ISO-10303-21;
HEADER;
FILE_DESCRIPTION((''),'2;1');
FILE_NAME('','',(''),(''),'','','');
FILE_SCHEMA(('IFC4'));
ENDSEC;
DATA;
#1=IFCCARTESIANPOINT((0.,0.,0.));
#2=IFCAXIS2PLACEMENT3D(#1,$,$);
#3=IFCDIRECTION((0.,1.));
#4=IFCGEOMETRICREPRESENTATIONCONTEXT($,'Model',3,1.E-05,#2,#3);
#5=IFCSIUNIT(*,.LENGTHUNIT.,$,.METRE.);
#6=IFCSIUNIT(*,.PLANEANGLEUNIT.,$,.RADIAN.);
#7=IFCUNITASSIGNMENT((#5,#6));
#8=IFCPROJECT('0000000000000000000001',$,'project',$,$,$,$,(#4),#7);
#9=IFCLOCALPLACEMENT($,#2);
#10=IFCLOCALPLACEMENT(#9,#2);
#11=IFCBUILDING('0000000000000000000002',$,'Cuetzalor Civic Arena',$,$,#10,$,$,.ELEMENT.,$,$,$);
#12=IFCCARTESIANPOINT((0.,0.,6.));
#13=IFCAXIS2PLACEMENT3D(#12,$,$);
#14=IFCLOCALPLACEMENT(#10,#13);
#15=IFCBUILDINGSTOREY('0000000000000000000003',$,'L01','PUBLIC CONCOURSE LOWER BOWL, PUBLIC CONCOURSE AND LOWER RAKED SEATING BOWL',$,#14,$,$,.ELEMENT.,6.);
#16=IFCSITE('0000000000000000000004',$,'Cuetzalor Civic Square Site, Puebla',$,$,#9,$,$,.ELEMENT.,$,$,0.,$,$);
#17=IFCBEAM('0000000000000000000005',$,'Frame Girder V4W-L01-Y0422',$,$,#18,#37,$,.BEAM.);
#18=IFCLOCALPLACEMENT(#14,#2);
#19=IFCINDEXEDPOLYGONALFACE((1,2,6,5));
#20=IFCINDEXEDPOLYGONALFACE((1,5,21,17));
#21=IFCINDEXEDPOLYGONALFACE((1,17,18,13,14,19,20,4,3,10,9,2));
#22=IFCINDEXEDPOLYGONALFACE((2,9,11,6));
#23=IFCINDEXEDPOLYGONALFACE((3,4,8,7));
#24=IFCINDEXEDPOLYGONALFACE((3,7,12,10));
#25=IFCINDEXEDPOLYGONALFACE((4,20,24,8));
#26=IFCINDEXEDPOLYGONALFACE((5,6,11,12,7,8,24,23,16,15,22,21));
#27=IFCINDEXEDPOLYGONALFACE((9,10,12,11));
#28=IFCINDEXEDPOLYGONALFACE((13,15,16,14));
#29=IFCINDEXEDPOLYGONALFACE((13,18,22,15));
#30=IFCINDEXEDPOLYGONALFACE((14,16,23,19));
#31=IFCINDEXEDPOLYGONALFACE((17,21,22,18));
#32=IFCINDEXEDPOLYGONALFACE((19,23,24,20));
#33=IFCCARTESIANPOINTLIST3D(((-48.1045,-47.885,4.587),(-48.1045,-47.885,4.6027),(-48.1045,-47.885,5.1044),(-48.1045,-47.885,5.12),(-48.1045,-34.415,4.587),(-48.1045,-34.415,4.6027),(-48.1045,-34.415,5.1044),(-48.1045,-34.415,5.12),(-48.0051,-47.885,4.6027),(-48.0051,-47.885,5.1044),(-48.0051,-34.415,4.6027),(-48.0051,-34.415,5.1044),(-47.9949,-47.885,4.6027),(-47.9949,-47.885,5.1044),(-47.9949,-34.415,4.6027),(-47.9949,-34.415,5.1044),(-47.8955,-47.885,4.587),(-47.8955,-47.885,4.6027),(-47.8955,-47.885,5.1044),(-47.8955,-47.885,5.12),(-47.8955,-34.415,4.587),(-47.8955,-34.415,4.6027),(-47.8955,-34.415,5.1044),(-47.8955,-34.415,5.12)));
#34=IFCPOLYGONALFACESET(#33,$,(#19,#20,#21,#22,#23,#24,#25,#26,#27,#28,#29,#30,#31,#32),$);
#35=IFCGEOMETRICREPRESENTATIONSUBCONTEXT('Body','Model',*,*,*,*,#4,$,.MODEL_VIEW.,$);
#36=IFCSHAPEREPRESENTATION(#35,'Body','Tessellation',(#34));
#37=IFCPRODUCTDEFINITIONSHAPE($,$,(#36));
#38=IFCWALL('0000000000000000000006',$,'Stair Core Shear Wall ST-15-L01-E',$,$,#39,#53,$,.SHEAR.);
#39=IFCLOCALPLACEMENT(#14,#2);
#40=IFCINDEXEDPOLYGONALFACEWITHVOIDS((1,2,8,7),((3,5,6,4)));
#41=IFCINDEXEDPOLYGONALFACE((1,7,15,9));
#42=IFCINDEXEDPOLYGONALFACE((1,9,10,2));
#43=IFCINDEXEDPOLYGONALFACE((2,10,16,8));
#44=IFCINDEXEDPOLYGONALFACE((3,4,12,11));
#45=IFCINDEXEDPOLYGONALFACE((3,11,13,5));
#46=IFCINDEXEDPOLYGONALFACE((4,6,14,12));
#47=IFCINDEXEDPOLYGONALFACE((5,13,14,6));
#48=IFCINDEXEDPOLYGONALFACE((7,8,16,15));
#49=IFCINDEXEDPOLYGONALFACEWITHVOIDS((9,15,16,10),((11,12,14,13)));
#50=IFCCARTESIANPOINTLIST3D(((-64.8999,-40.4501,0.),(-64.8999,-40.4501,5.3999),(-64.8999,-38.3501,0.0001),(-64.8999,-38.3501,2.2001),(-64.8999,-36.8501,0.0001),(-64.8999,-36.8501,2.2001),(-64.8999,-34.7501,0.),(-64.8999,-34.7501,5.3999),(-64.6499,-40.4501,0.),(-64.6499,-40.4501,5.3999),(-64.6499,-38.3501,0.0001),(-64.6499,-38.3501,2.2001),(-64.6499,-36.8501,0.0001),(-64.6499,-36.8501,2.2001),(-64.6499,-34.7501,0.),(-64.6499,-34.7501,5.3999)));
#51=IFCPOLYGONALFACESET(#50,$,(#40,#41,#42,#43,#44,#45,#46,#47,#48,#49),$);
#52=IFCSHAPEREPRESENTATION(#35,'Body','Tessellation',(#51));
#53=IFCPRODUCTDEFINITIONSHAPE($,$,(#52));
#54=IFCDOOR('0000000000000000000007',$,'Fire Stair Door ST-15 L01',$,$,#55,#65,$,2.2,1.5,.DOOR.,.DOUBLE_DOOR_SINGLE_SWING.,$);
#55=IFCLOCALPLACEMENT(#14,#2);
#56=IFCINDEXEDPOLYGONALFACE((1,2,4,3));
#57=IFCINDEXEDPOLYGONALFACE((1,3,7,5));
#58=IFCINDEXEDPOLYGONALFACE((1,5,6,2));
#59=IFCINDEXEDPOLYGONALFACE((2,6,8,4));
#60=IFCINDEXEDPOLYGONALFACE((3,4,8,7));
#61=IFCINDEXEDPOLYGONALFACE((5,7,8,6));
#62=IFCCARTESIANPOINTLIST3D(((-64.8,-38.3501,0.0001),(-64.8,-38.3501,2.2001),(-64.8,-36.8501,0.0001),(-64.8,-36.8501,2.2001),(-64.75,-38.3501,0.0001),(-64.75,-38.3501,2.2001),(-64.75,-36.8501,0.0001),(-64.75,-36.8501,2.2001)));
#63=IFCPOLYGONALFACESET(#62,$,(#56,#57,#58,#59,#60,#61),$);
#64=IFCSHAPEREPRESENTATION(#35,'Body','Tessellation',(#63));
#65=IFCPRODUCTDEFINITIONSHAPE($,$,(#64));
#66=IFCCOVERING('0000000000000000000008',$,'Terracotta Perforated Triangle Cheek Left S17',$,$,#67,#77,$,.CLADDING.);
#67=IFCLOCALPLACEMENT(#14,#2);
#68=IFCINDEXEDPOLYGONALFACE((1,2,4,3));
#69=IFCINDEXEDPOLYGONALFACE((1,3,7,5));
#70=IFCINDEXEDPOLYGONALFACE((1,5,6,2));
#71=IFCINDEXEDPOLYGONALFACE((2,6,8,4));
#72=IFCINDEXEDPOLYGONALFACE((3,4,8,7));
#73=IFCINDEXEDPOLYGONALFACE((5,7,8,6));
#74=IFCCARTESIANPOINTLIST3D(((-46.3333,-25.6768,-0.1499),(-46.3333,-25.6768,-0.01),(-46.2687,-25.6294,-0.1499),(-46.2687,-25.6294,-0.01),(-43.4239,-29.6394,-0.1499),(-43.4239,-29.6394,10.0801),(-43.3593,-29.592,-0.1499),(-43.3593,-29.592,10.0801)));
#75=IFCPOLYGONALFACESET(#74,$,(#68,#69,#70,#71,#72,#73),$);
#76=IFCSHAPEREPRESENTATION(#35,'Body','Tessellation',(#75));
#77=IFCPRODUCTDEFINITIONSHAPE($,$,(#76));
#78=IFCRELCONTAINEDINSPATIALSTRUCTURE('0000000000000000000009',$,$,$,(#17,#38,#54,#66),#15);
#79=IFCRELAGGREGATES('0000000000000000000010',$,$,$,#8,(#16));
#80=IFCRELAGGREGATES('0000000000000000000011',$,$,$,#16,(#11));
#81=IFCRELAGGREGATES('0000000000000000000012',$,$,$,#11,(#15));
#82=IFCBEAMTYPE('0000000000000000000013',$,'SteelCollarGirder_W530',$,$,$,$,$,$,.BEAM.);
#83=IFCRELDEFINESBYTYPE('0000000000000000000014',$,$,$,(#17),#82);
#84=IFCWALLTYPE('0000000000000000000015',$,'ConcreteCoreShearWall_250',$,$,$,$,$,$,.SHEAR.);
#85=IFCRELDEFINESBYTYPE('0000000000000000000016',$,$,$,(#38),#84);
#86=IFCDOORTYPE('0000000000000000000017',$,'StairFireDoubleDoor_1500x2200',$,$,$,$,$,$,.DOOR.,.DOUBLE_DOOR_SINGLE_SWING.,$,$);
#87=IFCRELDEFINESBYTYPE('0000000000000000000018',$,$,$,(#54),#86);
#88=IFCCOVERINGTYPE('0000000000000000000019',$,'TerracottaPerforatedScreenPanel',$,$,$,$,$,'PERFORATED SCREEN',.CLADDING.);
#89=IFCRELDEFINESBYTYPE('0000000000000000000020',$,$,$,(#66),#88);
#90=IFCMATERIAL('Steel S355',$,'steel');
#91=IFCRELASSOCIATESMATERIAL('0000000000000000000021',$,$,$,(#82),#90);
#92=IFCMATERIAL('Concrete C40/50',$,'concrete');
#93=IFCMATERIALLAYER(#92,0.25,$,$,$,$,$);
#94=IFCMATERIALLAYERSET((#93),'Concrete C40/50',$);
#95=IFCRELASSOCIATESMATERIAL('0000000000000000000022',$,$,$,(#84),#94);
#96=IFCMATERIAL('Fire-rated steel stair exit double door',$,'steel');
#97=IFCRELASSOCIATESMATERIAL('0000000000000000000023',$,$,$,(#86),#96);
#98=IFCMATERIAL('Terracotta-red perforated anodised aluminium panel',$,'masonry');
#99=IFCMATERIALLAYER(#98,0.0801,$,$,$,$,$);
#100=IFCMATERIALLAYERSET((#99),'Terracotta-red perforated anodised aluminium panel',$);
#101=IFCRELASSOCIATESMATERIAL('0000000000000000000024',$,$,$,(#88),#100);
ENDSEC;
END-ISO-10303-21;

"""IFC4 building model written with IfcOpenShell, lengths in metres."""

from ifc_helpers import new_model, si_unit, direction, frame, frame_2d, origin, origin_2d, place, context, subcontext, project, spatial, polyline, rectangle, i_section, outline, extrude, material, layer, layer_set, material_profile, profile_set, type_object, element, fill, save


model = new_model("IFC4")

# Units and contexts
model_context = context("Model", 3, precision=1e-05, world=origin(), true_north=direction((0.0, 1.0)))
body_context = subcontext(model_context, "Body", "Model", "MODEL_VIEW")
ifc_project = project(units=[si_unit("LENGTHUNIT", "METRE"), si_unit("PLANEANGLEUNIT", "RADIAN")], contexts=[model_context])

# Site, building, storey
site_placement = place(None, origin())
site = spatial("IfcSite", under=ifc_project, at=site_placement, Name="Cuetzalor Civic Square Site, Puebla", CompositionType="ELEMENT", RefElevation=0.0)
building_placement = place(site_placement, origin())
building = spatial("IfcBuilding", under=site, at=building_placement, Name="Cuetzalor Civic Arena", CompositionType="ELEMENT")
storey_placement = place(building_placement, frame((0.0, 0.0, 6.0)))
storey = spatial("IfcBuildingStorey", under=building, at=storey_placement, Name="L01", Description="PUBLIC CONCOURSE LOWER BOWL, PUBLIC CONCOURSE AND LOWER RAKED SEATING BOWL", CompositionType="ELEMENT", Elevation=6.0)

# Beam
ifc_material_1 = material(Name="Steel S355", Category="steel")
ifc_material_profile_1 = material_profile(ifc_material_1, i_section(OverallWidth=0.209, OverallDepth=0.533, WebThickness=0.0103, FlangeThickness=0.0156, at=origin_2d()), Name="W530x92")
ifc_profile_set_1 = profile_set([ifc_material_profile_1], Name="Steel S355")
beam_type_1 = type_object("IfcBeamType", Name="SteelCollarGirder_W530", PredefinedType="BEAM", material=ifc_profile_set_1)
beam_1_placement = place(storey_placement, frame((-48.0, -47.885, 4.8535), z_axis=(0.0, 1.0, 0.0), x_axis=(-1.0, 0.0, 0.0)))
element("IfcBeam", 1, at=beam_1_placement, inside=storey, type_object=beam_type_1, Name="Frame Girder V4W-L01-Y0422", PredefinedType="BEAM", context=body_context, shape_type="SweptSolid", body=[
    extrude(i_section(OverallWidth=0.209, OverallDepth=0.533, WebThickness=0.0103, FlangeThickness=0.0156, at=origin_2d()), origin(), (0.0, 0.0, 1.0), 13.47),
])

# Wall, opening, door
ifc_material_2 = material(Name="Concrete C40/50", Category="concrete")
ifc_layer_1 = layer(ifc_material_2, 0.25)
ifc_layer_set_1 = layer_set([ifc_layer_1], Name="Concrete C40/50")
wall_type = type_object("IfcWallType", Name="ConcreteCoreShearWall_250", PredefinedType="SHEAR", material=ifc_layer_set_1)
wall_placement = place(storey_placement, frame((-64.7749, -34.75, 0.0), z_axis=(0.0, 0.0, 1.0), x_axis=(0.0, -1.0, 0.0)))
wall = element("IfcWall", 2, at=wall_placement, inside=storey, type_object=wall_type, Name="Stair Core Shear Wall ST-15-L01-E", PredefinedType="SHEAR", context=body_context, shape_type="SweptSolid", body=[
    extrude(rectangle(XDim=5.7, YDim=0.25, at=frame_2d((2.8501, 0.0))), origin(), (0.0, 0.0, 1.0), 5.3999),
])
opening_placement = place(wall_placement, frame((2.1001, 0.0, 0.0)))
opening = element("IfcOpeningElement", 3, at=opening_placement, cuts=wall, PredefinedType="OPENING", context=body_context, shape_type="SweptSolid", body=[
    extrude(rectangle(XDim=1.5, YDim=2.2, at=frame_2d((0.75, 1.1001))), frame((0.0, 0.135, 0.0), z_axis=(0.0, -1.0, 0.0), x_axis=(1.0, 0.0, 0.0)), (0.0, 0.0, 1.0), 0.27),
])
ifc_material_3 = material(Name="Fire-rated steel stair exit double door", Category="steel")
door_type = type_object("IfcDoorType", Name="StairFireDoubleDoor_1500x2200", OperationType="DOUBLE_DOOR_SINGLE_SWING", PredefinedType="DOOR", material=ifc_material_3)
door_placement = place(opening_placement, origin())
door = element("IfcDoor", 4, at=door_placement, inside=storey, type_object=door_type, Name="Fire Stair Door ST-15 L01", OperationType="DOUBLE_DOOR_SINGLE_SWING", OverallHeight=2.2, OverallWidth=1.5, PredefinedType="DOOR", context=body_context, shape_type="SweptSolid", body=[
    extrude(rectangle(XDim=1.5, YDim=2.2, at=frame_2d((0.75, 1.1001))), frame((0.0, 0.0249, 0.0), z_axis=(0.0, -1.0, 0.0), x_axis=(1.0, 0.0, 0.0)), (0.0, 0.0, 1.0), 0.05),
])
fill(opening, door)

# Covering
ifc_material_4 = material(Name="Terracotta-red perforated anodised aluminium panel", Category="masonry")
ifc_layer_2 = layer(ifc_material_4, 0.0801)
ifc_layer_set_2 = layer_set([ifc_layer_2], Name="Terracotta-red perforated anodised aluminium panel")
covering_type = type_object("IfcCoveringType", Name="TerracottaPerforatedScreenPanel", ElementType="PERFORATED SCREEN", PredefinedType="CLADDING", material=ifc_layer_set_2)
covering_placement = place(storey_placement, frame((-43.3916, -29.6157, -0.1499), z_axis=(0.0, 0.0, 1.0), x_axis=(-0.591824, 0.806067, 0.0)))
element("IfcCovering", 5, at=covering_placement, inside=storey, type_object=covering_type, Name="Terracotta Perforated Triangle Cheek Left S17", PredefinedType="CLADDING", context=body_context, shape_type="SweptSolid", body=[
    extrude(outline(polyline([(0.0, 0.0), (4.916, 0.0), (4.916, 0.1399), (0.0, 10.23), (0.0, 0.0)])), frame((0.0, 0.04, 0.0), z_axis=(0.0, -1.0, 0.0), x_axis=(1.0, 0.0, 0.0)), (0.0, 0.0, 1.0), 0.0801),
])

save(model, "model.ifc")
